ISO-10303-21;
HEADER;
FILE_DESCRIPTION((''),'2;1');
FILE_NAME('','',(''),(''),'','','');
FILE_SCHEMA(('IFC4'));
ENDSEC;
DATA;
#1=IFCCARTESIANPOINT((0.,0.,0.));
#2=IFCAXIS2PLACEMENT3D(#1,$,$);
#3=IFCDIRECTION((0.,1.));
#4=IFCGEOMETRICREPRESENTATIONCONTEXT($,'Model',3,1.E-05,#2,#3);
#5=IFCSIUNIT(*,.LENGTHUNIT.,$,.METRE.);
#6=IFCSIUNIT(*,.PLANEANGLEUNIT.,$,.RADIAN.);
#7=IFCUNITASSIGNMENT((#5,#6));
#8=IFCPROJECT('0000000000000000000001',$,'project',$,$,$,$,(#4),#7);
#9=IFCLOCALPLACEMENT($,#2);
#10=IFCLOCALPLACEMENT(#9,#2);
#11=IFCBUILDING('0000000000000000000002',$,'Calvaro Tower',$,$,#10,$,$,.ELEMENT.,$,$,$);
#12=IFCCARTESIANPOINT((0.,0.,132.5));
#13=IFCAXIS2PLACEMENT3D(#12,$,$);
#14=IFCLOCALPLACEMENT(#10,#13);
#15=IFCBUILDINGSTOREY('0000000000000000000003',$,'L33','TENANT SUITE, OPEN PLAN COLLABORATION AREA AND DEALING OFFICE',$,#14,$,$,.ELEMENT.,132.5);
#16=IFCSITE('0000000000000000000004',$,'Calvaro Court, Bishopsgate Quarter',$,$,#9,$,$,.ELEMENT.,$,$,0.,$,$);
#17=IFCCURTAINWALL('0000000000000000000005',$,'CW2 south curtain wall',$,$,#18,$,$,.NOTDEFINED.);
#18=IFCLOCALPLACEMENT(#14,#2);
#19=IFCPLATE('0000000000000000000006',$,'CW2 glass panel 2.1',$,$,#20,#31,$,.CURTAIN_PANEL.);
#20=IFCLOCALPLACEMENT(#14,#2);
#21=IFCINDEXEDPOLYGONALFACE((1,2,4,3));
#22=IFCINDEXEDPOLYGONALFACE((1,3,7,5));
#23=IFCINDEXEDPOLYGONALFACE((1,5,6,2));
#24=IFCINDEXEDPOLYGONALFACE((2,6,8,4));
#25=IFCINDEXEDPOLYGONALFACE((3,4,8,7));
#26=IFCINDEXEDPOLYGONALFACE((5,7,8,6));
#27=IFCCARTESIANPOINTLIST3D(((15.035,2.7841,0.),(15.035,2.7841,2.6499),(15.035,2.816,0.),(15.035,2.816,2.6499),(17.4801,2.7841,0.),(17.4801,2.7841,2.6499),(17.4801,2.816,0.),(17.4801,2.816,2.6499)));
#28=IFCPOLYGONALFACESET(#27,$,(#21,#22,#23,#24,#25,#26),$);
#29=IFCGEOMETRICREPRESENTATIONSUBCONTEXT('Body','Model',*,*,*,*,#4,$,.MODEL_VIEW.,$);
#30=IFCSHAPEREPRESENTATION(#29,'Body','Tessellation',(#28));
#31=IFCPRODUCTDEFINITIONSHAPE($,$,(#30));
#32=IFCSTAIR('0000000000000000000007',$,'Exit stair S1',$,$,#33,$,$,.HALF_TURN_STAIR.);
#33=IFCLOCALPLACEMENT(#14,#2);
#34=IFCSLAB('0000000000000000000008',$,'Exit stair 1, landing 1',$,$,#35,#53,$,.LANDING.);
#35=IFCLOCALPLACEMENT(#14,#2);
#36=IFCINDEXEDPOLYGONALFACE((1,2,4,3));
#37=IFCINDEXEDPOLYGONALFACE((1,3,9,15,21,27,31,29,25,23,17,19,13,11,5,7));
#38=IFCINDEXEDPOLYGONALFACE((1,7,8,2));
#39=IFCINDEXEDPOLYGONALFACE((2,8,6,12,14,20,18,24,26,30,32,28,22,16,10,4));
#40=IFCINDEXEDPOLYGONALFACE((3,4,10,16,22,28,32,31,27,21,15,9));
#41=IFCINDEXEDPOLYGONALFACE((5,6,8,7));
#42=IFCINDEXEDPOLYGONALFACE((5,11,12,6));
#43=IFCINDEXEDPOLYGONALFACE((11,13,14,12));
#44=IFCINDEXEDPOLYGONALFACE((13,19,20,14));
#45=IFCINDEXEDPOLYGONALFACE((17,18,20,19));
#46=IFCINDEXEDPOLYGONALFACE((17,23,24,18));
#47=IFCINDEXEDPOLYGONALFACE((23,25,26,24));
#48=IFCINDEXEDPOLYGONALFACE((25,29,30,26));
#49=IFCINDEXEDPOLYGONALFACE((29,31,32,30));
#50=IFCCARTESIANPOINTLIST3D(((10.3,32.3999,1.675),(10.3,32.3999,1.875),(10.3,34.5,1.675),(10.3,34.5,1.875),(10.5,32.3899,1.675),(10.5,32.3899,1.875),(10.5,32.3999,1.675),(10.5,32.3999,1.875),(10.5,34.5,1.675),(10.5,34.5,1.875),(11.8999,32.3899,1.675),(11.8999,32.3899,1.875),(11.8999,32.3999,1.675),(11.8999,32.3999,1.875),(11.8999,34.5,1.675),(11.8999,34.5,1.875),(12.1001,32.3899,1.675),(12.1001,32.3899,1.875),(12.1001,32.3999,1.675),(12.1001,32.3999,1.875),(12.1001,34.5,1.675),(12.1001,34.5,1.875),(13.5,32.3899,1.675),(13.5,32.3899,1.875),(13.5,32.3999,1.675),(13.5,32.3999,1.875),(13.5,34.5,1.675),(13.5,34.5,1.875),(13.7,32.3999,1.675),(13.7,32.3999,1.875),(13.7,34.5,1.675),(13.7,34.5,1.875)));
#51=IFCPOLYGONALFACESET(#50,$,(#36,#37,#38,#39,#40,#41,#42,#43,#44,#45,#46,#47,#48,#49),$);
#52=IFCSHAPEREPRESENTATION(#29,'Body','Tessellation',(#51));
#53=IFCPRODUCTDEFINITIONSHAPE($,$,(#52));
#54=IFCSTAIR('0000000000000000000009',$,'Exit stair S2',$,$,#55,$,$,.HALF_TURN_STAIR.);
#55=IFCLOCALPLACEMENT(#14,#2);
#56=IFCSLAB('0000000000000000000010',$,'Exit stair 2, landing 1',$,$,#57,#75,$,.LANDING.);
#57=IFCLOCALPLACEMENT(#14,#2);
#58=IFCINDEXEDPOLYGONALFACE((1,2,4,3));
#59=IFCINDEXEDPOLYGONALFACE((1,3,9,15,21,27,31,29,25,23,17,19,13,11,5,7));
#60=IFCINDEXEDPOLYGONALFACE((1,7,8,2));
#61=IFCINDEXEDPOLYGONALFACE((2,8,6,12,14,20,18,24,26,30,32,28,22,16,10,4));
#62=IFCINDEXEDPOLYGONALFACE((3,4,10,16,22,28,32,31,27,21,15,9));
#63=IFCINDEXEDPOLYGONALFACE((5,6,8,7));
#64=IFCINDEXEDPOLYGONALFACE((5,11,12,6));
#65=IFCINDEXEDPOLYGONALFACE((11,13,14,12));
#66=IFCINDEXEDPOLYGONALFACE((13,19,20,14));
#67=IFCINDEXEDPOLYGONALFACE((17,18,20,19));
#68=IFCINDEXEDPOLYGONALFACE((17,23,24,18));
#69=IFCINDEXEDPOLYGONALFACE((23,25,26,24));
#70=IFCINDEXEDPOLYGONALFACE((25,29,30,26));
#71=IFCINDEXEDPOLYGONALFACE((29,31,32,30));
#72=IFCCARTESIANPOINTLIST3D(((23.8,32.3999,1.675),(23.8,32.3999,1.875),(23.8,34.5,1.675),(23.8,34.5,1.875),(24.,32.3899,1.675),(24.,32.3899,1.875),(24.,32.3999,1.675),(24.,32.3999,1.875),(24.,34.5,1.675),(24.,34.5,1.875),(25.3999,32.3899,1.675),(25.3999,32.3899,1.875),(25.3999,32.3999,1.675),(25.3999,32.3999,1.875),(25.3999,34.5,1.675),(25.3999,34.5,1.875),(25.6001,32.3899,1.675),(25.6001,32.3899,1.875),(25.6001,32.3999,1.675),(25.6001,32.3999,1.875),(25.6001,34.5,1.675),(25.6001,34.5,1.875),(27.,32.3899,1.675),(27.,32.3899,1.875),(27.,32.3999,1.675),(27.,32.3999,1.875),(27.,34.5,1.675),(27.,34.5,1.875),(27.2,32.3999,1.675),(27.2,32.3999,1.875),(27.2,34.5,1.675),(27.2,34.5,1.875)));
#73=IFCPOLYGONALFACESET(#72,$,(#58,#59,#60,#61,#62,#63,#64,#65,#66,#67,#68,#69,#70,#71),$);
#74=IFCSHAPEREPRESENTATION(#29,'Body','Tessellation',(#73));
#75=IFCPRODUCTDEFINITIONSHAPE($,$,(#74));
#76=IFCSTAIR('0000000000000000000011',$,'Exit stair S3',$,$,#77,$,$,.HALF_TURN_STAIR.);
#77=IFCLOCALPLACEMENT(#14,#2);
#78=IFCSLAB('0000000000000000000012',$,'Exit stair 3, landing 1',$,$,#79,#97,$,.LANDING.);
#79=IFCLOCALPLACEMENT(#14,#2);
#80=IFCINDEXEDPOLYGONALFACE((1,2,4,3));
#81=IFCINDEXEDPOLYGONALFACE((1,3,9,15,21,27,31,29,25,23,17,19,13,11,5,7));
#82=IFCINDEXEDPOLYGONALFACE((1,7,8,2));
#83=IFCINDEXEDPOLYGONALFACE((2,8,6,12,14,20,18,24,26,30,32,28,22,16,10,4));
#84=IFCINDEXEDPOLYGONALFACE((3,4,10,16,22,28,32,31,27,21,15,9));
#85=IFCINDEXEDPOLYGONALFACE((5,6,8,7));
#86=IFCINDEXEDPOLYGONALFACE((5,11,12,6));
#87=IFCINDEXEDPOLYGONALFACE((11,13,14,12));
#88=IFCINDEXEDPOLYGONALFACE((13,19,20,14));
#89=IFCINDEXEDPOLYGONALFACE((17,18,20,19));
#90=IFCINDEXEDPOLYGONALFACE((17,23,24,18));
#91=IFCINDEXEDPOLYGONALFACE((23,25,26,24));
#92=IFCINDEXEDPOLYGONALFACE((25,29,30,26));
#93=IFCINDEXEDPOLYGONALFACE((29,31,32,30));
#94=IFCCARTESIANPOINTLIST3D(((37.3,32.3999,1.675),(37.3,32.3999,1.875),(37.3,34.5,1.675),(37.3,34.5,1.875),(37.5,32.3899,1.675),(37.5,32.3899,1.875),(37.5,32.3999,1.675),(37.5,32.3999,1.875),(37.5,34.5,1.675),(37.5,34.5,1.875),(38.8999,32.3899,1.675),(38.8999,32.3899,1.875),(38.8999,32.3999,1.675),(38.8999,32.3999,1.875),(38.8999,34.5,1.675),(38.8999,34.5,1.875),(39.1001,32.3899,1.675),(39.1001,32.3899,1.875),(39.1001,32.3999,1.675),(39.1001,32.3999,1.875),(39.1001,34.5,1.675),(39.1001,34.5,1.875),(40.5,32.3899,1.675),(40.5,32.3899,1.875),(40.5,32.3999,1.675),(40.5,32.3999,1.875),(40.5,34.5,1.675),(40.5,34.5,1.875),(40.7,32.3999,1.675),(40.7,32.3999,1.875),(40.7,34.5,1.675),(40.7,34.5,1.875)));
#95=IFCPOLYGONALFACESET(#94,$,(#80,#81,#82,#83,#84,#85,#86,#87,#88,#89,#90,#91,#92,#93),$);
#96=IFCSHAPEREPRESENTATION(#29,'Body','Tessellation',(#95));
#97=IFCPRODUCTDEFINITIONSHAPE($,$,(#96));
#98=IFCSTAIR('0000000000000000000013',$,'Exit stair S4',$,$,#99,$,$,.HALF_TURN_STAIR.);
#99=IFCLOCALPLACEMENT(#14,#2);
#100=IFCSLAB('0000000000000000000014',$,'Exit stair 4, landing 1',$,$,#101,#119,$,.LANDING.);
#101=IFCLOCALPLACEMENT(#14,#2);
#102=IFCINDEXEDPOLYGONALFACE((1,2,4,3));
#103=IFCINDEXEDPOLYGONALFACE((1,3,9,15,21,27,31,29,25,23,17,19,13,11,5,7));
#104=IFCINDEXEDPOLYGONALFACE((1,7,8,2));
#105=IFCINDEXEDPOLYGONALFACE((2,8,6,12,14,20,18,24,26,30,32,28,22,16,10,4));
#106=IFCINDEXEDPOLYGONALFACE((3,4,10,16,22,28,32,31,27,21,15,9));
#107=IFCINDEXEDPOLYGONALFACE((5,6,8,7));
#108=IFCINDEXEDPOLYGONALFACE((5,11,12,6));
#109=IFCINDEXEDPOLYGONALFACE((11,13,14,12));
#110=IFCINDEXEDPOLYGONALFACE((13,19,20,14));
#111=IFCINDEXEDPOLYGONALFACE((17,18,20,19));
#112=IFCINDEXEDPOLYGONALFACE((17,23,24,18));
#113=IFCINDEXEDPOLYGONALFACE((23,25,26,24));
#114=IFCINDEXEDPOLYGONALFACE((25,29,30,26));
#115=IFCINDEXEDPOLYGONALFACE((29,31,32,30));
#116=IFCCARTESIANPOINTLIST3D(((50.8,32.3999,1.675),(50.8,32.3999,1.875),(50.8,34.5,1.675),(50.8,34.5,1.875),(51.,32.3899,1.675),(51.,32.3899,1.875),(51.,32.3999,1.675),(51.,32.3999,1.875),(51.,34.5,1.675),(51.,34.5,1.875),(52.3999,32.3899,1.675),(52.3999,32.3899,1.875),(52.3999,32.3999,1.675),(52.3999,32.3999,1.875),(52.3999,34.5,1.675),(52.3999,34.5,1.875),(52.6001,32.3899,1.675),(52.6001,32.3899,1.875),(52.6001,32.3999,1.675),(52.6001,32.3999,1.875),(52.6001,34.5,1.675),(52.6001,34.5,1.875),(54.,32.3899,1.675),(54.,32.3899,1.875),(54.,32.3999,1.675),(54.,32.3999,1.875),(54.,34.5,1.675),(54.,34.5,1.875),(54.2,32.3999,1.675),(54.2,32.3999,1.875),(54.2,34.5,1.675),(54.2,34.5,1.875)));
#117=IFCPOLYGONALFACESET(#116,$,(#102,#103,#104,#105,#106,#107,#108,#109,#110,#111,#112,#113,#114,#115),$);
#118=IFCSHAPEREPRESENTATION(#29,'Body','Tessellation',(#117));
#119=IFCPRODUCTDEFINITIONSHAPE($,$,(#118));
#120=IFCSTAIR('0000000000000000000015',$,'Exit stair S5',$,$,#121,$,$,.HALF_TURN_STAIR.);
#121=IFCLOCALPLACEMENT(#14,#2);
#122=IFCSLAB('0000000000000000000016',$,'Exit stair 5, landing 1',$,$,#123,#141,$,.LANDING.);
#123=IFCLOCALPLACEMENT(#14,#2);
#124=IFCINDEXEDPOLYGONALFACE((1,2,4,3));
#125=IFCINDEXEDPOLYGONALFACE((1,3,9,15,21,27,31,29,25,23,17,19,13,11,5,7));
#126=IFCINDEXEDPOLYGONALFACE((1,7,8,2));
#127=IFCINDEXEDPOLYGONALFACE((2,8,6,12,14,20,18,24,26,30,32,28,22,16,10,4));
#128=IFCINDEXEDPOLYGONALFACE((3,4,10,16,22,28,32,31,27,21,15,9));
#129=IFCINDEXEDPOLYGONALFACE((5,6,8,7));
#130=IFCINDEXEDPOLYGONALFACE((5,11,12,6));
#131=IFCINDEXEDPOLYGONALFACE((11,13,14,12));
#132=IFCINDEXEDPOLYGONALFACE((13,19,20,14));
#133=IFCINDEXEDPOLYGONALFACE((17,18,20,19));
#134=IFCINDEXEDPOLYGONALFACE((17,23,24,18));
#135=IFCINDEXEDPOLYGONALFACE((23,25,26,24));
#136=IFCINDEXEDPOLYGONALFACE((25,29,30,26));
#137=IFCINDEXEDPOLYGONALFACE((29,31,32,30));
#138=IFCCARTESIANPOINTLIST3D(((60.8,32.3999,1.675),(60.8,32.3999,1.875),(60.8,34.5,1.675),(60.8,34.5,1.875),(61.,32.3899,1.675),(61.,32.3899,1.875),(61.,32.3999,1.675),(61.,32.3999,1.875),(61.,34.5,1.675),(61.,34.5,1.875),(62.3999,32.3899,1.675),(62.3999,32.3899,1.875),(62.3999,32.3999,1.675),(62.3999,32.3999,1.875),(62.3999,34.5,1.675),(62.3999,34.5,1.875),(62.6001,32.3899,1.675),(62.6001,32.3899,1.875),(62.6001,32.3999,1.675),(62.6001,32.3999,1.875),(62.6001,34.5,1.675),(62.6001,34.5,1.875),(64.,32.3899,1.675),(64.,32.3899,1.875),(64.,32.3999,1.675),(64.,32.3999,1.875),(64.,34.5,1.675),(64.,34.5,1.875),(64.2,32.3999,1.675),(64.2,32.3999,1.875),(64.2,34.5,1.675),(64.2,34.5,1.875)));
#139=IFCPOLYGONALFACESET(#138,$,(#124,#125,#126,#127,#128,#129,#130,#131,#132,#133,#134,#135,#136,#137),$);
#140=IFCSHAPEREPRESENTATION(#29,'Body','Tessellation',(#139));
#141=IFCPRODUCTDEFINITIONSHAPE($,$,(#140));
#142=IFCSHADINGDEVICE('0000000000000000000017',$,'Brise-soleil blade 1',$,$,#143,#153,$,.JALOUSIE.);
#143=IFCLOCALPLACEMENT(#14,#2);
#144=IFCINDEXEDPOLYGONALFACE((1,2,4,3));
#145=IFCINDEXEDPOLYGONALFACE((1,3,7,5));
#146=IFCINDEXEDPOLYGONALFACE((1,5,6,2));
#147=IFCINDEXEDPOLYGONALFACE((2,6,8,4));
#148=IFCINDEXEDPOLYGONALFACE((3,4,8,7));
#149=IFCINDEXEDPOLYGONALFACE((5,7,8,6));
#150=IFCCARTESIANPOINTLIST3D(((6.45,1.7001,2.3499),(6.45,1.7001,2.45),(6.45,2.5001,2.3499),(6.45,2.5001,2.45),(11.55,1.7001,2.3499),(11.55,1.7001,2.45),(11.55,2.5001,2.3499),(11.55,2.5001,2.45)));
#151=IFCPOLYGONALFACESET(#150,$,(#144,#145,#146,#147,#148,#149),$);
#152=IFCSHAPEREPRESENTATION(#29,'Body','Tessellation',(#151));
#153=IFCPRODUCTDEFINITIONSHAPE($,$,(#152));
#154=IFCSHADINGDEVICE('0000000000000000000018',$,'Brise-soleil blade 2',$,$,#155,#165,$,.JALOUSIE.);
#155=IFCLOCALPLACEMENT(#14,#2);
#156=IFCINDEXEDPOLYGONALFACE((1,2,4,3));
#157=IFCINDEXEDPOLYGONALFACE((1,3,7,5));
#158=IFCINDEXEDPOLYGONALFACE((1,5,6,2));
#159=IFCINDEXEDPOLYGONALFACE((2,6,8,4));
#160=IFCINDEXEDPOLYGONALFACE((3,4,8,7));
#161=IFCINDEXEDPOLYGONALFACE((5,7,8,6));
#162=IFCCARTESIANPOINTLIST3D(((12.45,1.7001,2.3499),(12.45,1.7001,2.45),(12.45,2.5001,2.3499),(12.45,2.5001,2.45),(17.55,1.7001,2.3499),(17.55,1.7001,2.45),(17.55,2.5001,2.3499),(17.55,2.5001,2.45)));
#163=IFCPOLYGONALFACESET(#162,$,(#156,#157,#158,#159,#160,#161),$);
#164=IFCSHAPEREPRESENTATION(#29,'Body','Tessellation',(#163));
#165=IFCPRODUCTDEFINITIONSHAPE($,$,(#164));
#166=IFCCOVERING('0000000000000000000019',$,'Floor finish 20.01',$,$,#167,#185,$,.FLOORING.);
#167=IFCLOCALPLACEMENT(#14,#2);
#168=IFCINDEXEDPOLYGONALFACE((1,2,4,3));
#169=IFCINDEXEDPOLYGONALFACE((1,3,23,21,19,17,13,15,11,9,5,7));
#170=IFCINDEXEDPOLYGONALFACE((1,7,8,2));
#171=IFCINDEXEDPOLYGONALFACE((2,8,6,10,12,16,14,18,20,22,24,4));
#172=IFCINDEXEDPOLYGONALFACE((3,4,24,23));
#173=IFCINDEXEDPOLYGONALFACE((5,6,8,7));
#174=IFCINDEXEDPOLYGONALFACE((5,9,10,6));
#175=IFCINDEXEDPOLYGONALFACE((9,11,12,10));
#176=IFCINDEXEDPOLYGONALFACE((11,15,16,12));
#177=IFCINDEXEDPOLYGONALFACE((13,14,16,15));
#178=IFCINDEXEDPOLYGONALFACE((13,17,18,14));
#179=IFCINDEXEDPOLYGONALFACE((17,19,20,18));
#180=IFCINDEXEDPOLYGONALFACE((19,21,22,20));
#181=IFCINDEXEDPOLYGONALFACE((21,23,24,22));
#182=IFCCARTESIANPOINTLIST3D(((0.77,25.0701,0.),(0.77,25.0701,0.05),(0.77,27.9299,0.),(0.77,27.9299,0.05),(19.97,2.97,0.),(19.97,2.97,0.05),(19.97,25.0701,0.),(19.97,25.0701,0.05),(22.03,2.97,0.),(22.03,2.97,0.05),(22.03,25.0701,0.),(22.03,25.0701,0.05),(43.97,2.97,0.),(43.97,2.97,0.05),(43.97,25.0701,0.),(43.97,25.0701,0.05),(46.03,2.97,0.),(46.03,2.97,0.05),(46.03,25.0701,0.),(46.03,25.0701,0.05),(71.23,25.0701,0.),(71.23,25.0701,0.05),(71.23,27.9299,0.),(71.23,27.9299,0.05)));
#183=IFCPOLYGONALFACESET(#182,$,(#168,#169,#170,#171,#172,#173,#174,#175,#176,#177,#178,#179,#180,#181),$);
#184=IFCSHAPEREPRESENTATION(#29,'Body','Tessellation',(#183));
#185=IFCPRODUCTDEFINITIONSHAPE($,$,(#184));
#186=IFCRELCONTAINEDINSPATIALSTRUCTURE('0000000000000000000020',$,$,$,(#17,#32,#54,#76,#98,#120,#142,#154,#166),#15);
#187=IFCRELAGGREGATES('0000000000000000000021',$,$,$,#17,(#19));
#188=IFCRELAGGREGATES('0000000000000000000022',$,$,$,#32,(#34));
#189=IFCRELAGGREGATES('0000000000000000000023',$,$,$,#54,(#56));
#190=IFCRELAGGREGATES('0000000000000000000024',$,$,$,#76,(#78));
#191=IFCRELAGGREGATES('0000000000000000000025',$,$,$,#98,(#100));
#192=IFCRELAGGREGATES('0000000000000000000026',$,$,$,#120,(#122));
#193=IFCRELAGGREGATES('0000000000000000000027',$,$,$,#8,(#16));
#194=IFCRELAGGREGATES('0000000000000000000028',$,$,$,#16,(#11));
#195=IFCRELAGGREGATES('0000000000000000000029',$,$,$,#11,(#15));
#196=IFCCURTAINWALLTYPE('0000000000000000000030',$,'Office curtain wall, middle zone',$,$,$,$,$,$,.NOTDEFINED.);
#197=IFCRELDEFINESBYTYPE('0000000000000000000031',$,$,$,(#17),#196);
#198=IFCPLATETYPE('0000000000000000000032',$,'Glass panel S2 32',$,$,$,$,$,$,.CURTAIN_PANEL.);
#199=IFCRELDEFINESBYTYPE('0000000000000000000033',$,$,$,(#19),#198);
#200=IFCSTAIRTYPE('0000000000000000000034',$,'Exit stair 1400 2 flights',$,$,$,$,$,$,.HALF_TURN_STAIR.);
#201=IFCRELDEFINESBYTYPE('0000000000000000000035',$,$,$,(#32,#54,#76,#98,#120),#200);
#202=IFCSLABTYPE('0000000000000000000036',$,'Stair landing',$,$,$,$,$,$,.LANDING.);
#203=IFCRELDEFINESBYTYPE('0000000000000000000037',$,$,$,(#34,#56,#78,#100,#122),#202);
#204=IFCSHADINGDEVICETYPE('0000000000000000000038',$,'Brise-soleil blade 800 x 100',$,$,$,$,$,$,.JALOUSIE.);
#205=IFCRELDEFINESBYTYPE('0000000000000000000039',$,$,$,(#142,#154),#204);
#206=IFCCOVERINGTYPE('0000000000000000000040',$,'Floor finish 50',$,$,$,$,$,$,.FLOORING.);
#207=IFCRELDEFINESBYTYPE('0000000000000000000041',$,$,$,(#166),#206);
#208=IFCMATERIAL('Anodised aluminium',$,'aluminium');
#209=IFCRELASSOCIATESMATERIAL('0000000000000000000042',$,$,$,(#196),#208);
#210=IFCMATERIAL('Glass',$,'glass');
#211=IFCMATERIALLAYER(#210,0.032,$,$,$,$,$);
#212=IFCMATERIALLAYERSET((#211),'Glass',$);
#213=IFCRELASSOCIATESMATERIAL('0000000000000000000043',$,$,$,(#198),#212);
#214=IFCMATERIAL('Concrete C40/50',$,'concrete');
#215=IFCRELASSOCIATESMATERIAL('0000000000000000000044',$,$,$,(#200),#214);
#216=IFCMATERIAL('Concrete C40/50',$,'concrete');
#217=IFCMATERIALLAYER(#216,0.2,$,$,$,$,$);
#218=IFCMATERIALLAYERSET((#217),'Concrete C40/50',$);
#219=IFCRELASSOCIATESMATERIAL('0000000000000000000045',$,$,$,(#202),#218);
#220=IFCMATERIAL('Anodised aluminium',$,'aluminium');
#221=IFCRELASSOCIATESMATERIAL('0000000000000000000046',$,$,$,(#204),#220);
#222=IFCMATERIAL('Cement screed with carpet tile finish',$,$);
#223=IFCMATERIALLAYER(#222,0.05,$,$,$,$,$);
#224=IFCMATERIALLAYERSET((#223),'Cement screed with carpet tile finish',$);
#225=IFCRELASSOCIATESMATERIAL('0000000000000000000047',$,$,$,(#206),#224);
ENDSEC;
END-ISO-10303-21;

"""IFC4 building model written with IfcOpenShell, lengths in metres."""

from ifc_helpers import new_model, si_unit, direction, frame, origin, origin_2d, place, context, subcontext, project, spatial, polyline, rectangle, outline, extrude, material, layer, layer_set, material_profile, profile_set, type_object, element, aggregate, save


model = new_model("IFC4")

# Units and contexts
model_context = context("Model", 3, precision=1e-05, world=origin(), true_north=direction((0.0, 1.0)))
body_context = subcontext(model_context, "Body", "Model", "MODEL_VIEW")
ifc_project = project(units=[si_unit("LENGTHUNIT", "METRE"), si_unit("PLANEANGLEUNIT", "RADIAN")], contexts=[model_context])

# Site, building, storey
site_placement = place(None, origin())
site = spatial("IfcSite", under=ifc_project, at=site_placement, Name="Calvaro Court, Bishopsgate Quarter", CompositionType="ELEMENT", RefElevation=0.0)
building_placement = place(site_placement, origin())
building = spatial("IfcBuilding", under=site, at=building_placement, Name="Calvaro Tower", CompositionType="ELEMENT")
storey_placement = place(building_placement, frame((0.0, 0.0, 132.5)))
storey = spatial("IfcBuildingStorey", under=building, at=storey_placement, Name="L33", Description="TENANT SUITE, OPEN PLAN COLLABORATION AREA AND DEALING OFFICE", CompositionType="ELEMENT", Elevation=132.5)

# Curtain wall
ifc_material_1 = material(Name="Anodised aluminium", Category="aluminium")
curtain_wall_type = type_object("IfcCurtainWallType", Name="Office curtain wall, middle zone", PredefinedType="NOTDEFINED", material=ifc_material_1)
curtain_wall_1_placement = place(storey_placement, origin())
curtain_wall_1 = element("IfcCurtainWall", 1, at=curtain_wall_1_placement, inside=storey, type_object=curtain_wall_type, Name="CW2 south curtain wall", PredefinedType="NOTDEFINED")

# Plate
ifc_material_2 = material(Name="Glass", Category="glass")
ifc_layer_1 = layer(ifc_material_2, 0.032)
ifc_layer_set_1 = layer_set([ifc_layer_1], Name="Glass")
plate_type = type_object("IfcPlateType", Name="Glass panel S2 32", PredefinedType="CURTAIN_PANEL", material=ifc_layer_set_1)
plate_1_placement = place(storey_placement, frame((16.2576, 2.8, 0.0), z_axis=(0.0, 0.0, 1.0), x_axis=(1.0, 0.0, 0.0)))
plate_1 = element("IfcPlate", 2, at=plate_1_placement, type_object=plate_type, Name="CW2 glass panel 2.1", PredefinedType="CURTAIN_PANEL", context=body_context, shape_type="SweptSolid", body=[
    extrude(rectangle(XDim=2.4451, YDim=0.032, at=origin_2d()), origin(), (0.0, 0.0, 1.0), 2.6499),
])
aggregate(curtain_wall_1, [plate_1])

# Stairs, slabs
ifc_material_3 = material(Name="Concrete C40/50", Category="concrete")
stair_type = type_object("IfcStairType", Name="Exit stair 1400 2 flights", PredefinedType="HALF_TURN_STAIR", material=ifc_material_3)
stair_1_placement = place(storey_placement, origin())
stair_1 = element("IfcStair", 3, at=stair_1_placement, inside=storey, type_object=stair_type, Name="Exit stair S1", PredefinedType="HALF_TURN_STAIR")
ifc_material_4 = material(Name="Concrete C40/50", Category="concrete")
ifc_layer_2 = layer(ifc_material_4, 0.2)
ifc_layer_set_2 = layer_set([ifc_layer_2], Name="Concrete C40/50")
slab_type_1 = type_object("IfcSlabType", Name="Stair landing", PredefinedType="LANDING", material=ifc_layer_set_2)
slab_1_placement = place(storey_placement, frame((0.0, 0.0, 1.675)))
slab_1 = element("IfcSlab", 4, at=slab_1_placement, type_object=slab_type_1, Name="Exit stair 1, landing 1", PredefinedType="LANDING", context=body_context, shape_type="SweptSolid", body=[
    extrude(outline(polyline([(11.8999, 32.3899), (10.5, 32.3899), (10.5, 32.3999), (10.3, 32.3999), (10.3, 34.5), (10.5, 34.5), (11.8999, 34.5), (12.1001, 34.5), (13.5, 34.5), (13.7, 34.5), (13.7, 32.3999), (13.5, 32.3999), (13.5, 32.3899), (12.1001, 32.3899), (12.1001, 32.3999), (11.8999, 32.3999), (11.8999, 32.3899)])), origin(), (0.0, 0.0, 1.0), 0.2),
])
aggregate(stair_1, [slab_1])
stair_2_placement = place(storey_placement, origin())
stair_2 = element("IfcStair", 5, at=stair_2_placement, inside=storey, type_object=stair_type, Name="Exit stair S2", PredefinedType="HALF_TURN_STAIR")
slab_2_placement = place(storey_placement, frame((0.0, 0.0, 1.675)))
slab_2 = element("IfcSlab", 6, at=slab_2_placement, type_object=slab_type_1, Name="Exit stair 2, landing 1", PredefinedType="LANDING", context=body_context, shape_type="SweptSolid", body=[
    extrude(outline(polyline([(25.3999, 32.3899), (24.0, 32.3899), (24.0, 32.3999), (23.8, 32.3999), (23.8, 34.5), (24.0, 34.5), (25.3999, 34.5), (25.6001, 34.5), (27.0, 34.5), (27.2, 34.5), (27.2, 32.3999), (27.0, 32.3999), (27.0, 32.3899), (25.6001, 32.3899), (25.6001, 32.3999), (25.3999, 32.3999), (25.3999, 32.3899)])), origin(), (0.0, 0.0, 1.0), 0.2),
])
aggregate(stair_2, [slab_2])
stair_3_placement = place(storey_placement, origin())
stair_3 = element("IfcStair", 7, at=stair_3_placement, inside=storey, type_object=stair_type, Name="Exit stair S3", PredefinedType="HALF_TURN_STAIR")
slab_3_placement = place(storey_placement, frame((0.0, 0.0, 1.675)))
slab_3 = element("IfcSlab", 8, at=slab_3_placement, type_object=slab_type_1, Name="Exit stair 3, landing 1", PredefinedType="LANDING", context=body_context, shape_type="SweptSolid", body=[
    extrude(outline(polyline([(38.8999, 32.3899), (37.5, 32.3899), (37.5, 32.3999), (37.3, 32.3999), (37.3, 34.5), (37.5, 34.5), (38.8999, 34.5), (39.1001, 34.5), (40.5, 34.5), (40.7, 34.5), (40.7, 32.3999), (40.5, 32.3999), (40.5, 32.3899), (39.1001, 32.3899), (39.1001, 32.3999), (38.8999, 32.3999), (38.8999, 32.3899)])), origin(), (0.0, 0.0, 1.0), 0.2),
])
aggregate(stair_3, [slab_3])
stair_4_placement = place(storey_placement, origin())
stair_4 = element("IfcStair", 9, at=stair_4_placement, inside=storey, type_object=stair_type, Name="Exit stair S4", PredefinedType="HALF_TURN_STAIR")
slab_4_placement = place(storey_placement, frame((0.0, 0.0, 1.675)))
slab_4 = element("IfcSlab", 10, at=slab_4_placement, type_object=slab_type_1, Name="Exit stair 4, landing 1", PredefinedType="LANDING", context=body_context, shape_type="SweptSolid", body=[
    extrude(outline(polyline([(52.3999, 32.3899), (51.0, 32.3899), (51.0, 32.3999), (50.8, 32.3999), (50.8, 34.5), (51.0, 34.5), (52.3999, 34.5), (52.6001, 34.5), (54.0, 34.5), (54.2, 34.5), (54.2, 32.3999), (54.0, 32.3999), (54.0, 32.3899), (52.6001, 32.3899), (52.6001, 32.3999), (52.3999, 32.3999), (52.3999, 32.3899)])), origin(), (0.0, 0.0, 1.0), 0.2),
])
aggregate(stair_4, [slab_4])
stair_5_placement = place(storey_placement, origin())
stair_5 = element("IfcStair", 11, at=stair_5_placement, inside=storey, type_object=stair_type, Name="Exit stair S5", PredefinedType="HALF_TURN_STAIR")
slab_5_placement = place(storey_placement, frame((0.0, 0.0, 1.675)))
slab_5 = element("IfcSlab", 12, at=slab_5_placement, type_object=slab_type_1, Name="Exit stair 5, landing 1", PredefinedType="LANDING", context=body_context, shape_type="SweptSolid", body=[
    extrude(outline(polyline([(62.3999, 32.3899), (61.0, 32.3899), (61.0, 32.3999), (60.8, 32.3999), (60.8, 34.5), (61.0, 34.5), (62.3999, 34.5), (62.6001, 34.5), (64.0, 34.5), (64.2, 34.5), (64.2, 32.3999), (64.0, 32.3999), (64.0, 32.3899), (62.6001, 32.3899), (62.6001, 32.3999), (62.3999, 32.3999), (62.3999, 32.3899)])), origin(), (0.0, 0.0, 1.0), 0.2),
])
aggregate(stair_5, [slab_5])

# Shading devices
ifc_material_5 = material(Name="Anodised aluminium", Category="aluminium")
ifc_material_profile_1 = material_profile(ifc_material_5, rectangle(XDim=0.8, YDim=0.1001, at=origin_2d()), Name="Brise-soleil blade 800 x 100")
ifc_profile_set_1 = profile_set([ifc_material_profile_1], Name="Anodised aluminium")
shading_device_type = type_object("IfcShadingDeviceType", Name="Brise-soleil blade 800 x 100", PredefinedType="JALOUSIE", material=ifc_profile_set_1)
for number, where, z_axis, x_axis, name in (
    (13, (6.45, 2.1001, 2.3999), (1.0, 0.0, 0.0), (0.0, 1.0, 0.0), "Brise-soleil blade 1"),
    (14, (12.45, 2.1001, 2.3999), (1.0, 0.0, 0.0), (0.0, 1.0, 0.0), "Brise-soleil blade 2"),
):
    element("IfcShadingDevice", number, at=place(storey_placement, frame(where, z_axis=z_axis, x_axis=x_axis)), inside=storey, type_object=shading_device_type, Name=name, PredefinedType="JALOUSIE", context=body_context, shape_type="SweptSolid", body=[
        extrude(rectangle(XDim=0.8, YDim=0.1001, at=origin_2d()), origin(), (0.0, 0.0, 1.0), 5.1001),
    ])

# Covering
ifc_material_6 = material(Name="Cement screed with carpet tile finish")
ifc_layer_3 = layer(ifc_material_6, 0.05)
ifc_layer_set_3 = layer_set([ifc_layer_3], Name="Cement screed with carpet tile finish")
covering_type = type_object("IfcCoveringType", Name="Floor finish 50", PredefinedType="FLOORING", material=ifc_layer_set_3)
covering_1_placement = place(storey_placement, origin())
element("IfcCovering", 15, at=covering_1_placement, inside=storey, type_object=covering_type, Name="Floor finish 20.01", PredefinedType="FLOORING", context=body_context, shape_type="SweptSolid", body=[
    extrude(outline(polyline([(19.97, 2.97), (19.97, 25.0701), (0.77, 25.0701), (0.77, 27.9299), (71.23, 27.9299), (71.23, 25.0701), (46.03, 25.0701), (46.03, 2.97), (43.97, 2.97), (43.97, 25.0701), (22.03, 25.0701), (22.03, 2.97), (19.97, 2.97)])), origin(), (0.0, 0.0, 1.0), 0.05),
])

save(model, "model.ifc")
